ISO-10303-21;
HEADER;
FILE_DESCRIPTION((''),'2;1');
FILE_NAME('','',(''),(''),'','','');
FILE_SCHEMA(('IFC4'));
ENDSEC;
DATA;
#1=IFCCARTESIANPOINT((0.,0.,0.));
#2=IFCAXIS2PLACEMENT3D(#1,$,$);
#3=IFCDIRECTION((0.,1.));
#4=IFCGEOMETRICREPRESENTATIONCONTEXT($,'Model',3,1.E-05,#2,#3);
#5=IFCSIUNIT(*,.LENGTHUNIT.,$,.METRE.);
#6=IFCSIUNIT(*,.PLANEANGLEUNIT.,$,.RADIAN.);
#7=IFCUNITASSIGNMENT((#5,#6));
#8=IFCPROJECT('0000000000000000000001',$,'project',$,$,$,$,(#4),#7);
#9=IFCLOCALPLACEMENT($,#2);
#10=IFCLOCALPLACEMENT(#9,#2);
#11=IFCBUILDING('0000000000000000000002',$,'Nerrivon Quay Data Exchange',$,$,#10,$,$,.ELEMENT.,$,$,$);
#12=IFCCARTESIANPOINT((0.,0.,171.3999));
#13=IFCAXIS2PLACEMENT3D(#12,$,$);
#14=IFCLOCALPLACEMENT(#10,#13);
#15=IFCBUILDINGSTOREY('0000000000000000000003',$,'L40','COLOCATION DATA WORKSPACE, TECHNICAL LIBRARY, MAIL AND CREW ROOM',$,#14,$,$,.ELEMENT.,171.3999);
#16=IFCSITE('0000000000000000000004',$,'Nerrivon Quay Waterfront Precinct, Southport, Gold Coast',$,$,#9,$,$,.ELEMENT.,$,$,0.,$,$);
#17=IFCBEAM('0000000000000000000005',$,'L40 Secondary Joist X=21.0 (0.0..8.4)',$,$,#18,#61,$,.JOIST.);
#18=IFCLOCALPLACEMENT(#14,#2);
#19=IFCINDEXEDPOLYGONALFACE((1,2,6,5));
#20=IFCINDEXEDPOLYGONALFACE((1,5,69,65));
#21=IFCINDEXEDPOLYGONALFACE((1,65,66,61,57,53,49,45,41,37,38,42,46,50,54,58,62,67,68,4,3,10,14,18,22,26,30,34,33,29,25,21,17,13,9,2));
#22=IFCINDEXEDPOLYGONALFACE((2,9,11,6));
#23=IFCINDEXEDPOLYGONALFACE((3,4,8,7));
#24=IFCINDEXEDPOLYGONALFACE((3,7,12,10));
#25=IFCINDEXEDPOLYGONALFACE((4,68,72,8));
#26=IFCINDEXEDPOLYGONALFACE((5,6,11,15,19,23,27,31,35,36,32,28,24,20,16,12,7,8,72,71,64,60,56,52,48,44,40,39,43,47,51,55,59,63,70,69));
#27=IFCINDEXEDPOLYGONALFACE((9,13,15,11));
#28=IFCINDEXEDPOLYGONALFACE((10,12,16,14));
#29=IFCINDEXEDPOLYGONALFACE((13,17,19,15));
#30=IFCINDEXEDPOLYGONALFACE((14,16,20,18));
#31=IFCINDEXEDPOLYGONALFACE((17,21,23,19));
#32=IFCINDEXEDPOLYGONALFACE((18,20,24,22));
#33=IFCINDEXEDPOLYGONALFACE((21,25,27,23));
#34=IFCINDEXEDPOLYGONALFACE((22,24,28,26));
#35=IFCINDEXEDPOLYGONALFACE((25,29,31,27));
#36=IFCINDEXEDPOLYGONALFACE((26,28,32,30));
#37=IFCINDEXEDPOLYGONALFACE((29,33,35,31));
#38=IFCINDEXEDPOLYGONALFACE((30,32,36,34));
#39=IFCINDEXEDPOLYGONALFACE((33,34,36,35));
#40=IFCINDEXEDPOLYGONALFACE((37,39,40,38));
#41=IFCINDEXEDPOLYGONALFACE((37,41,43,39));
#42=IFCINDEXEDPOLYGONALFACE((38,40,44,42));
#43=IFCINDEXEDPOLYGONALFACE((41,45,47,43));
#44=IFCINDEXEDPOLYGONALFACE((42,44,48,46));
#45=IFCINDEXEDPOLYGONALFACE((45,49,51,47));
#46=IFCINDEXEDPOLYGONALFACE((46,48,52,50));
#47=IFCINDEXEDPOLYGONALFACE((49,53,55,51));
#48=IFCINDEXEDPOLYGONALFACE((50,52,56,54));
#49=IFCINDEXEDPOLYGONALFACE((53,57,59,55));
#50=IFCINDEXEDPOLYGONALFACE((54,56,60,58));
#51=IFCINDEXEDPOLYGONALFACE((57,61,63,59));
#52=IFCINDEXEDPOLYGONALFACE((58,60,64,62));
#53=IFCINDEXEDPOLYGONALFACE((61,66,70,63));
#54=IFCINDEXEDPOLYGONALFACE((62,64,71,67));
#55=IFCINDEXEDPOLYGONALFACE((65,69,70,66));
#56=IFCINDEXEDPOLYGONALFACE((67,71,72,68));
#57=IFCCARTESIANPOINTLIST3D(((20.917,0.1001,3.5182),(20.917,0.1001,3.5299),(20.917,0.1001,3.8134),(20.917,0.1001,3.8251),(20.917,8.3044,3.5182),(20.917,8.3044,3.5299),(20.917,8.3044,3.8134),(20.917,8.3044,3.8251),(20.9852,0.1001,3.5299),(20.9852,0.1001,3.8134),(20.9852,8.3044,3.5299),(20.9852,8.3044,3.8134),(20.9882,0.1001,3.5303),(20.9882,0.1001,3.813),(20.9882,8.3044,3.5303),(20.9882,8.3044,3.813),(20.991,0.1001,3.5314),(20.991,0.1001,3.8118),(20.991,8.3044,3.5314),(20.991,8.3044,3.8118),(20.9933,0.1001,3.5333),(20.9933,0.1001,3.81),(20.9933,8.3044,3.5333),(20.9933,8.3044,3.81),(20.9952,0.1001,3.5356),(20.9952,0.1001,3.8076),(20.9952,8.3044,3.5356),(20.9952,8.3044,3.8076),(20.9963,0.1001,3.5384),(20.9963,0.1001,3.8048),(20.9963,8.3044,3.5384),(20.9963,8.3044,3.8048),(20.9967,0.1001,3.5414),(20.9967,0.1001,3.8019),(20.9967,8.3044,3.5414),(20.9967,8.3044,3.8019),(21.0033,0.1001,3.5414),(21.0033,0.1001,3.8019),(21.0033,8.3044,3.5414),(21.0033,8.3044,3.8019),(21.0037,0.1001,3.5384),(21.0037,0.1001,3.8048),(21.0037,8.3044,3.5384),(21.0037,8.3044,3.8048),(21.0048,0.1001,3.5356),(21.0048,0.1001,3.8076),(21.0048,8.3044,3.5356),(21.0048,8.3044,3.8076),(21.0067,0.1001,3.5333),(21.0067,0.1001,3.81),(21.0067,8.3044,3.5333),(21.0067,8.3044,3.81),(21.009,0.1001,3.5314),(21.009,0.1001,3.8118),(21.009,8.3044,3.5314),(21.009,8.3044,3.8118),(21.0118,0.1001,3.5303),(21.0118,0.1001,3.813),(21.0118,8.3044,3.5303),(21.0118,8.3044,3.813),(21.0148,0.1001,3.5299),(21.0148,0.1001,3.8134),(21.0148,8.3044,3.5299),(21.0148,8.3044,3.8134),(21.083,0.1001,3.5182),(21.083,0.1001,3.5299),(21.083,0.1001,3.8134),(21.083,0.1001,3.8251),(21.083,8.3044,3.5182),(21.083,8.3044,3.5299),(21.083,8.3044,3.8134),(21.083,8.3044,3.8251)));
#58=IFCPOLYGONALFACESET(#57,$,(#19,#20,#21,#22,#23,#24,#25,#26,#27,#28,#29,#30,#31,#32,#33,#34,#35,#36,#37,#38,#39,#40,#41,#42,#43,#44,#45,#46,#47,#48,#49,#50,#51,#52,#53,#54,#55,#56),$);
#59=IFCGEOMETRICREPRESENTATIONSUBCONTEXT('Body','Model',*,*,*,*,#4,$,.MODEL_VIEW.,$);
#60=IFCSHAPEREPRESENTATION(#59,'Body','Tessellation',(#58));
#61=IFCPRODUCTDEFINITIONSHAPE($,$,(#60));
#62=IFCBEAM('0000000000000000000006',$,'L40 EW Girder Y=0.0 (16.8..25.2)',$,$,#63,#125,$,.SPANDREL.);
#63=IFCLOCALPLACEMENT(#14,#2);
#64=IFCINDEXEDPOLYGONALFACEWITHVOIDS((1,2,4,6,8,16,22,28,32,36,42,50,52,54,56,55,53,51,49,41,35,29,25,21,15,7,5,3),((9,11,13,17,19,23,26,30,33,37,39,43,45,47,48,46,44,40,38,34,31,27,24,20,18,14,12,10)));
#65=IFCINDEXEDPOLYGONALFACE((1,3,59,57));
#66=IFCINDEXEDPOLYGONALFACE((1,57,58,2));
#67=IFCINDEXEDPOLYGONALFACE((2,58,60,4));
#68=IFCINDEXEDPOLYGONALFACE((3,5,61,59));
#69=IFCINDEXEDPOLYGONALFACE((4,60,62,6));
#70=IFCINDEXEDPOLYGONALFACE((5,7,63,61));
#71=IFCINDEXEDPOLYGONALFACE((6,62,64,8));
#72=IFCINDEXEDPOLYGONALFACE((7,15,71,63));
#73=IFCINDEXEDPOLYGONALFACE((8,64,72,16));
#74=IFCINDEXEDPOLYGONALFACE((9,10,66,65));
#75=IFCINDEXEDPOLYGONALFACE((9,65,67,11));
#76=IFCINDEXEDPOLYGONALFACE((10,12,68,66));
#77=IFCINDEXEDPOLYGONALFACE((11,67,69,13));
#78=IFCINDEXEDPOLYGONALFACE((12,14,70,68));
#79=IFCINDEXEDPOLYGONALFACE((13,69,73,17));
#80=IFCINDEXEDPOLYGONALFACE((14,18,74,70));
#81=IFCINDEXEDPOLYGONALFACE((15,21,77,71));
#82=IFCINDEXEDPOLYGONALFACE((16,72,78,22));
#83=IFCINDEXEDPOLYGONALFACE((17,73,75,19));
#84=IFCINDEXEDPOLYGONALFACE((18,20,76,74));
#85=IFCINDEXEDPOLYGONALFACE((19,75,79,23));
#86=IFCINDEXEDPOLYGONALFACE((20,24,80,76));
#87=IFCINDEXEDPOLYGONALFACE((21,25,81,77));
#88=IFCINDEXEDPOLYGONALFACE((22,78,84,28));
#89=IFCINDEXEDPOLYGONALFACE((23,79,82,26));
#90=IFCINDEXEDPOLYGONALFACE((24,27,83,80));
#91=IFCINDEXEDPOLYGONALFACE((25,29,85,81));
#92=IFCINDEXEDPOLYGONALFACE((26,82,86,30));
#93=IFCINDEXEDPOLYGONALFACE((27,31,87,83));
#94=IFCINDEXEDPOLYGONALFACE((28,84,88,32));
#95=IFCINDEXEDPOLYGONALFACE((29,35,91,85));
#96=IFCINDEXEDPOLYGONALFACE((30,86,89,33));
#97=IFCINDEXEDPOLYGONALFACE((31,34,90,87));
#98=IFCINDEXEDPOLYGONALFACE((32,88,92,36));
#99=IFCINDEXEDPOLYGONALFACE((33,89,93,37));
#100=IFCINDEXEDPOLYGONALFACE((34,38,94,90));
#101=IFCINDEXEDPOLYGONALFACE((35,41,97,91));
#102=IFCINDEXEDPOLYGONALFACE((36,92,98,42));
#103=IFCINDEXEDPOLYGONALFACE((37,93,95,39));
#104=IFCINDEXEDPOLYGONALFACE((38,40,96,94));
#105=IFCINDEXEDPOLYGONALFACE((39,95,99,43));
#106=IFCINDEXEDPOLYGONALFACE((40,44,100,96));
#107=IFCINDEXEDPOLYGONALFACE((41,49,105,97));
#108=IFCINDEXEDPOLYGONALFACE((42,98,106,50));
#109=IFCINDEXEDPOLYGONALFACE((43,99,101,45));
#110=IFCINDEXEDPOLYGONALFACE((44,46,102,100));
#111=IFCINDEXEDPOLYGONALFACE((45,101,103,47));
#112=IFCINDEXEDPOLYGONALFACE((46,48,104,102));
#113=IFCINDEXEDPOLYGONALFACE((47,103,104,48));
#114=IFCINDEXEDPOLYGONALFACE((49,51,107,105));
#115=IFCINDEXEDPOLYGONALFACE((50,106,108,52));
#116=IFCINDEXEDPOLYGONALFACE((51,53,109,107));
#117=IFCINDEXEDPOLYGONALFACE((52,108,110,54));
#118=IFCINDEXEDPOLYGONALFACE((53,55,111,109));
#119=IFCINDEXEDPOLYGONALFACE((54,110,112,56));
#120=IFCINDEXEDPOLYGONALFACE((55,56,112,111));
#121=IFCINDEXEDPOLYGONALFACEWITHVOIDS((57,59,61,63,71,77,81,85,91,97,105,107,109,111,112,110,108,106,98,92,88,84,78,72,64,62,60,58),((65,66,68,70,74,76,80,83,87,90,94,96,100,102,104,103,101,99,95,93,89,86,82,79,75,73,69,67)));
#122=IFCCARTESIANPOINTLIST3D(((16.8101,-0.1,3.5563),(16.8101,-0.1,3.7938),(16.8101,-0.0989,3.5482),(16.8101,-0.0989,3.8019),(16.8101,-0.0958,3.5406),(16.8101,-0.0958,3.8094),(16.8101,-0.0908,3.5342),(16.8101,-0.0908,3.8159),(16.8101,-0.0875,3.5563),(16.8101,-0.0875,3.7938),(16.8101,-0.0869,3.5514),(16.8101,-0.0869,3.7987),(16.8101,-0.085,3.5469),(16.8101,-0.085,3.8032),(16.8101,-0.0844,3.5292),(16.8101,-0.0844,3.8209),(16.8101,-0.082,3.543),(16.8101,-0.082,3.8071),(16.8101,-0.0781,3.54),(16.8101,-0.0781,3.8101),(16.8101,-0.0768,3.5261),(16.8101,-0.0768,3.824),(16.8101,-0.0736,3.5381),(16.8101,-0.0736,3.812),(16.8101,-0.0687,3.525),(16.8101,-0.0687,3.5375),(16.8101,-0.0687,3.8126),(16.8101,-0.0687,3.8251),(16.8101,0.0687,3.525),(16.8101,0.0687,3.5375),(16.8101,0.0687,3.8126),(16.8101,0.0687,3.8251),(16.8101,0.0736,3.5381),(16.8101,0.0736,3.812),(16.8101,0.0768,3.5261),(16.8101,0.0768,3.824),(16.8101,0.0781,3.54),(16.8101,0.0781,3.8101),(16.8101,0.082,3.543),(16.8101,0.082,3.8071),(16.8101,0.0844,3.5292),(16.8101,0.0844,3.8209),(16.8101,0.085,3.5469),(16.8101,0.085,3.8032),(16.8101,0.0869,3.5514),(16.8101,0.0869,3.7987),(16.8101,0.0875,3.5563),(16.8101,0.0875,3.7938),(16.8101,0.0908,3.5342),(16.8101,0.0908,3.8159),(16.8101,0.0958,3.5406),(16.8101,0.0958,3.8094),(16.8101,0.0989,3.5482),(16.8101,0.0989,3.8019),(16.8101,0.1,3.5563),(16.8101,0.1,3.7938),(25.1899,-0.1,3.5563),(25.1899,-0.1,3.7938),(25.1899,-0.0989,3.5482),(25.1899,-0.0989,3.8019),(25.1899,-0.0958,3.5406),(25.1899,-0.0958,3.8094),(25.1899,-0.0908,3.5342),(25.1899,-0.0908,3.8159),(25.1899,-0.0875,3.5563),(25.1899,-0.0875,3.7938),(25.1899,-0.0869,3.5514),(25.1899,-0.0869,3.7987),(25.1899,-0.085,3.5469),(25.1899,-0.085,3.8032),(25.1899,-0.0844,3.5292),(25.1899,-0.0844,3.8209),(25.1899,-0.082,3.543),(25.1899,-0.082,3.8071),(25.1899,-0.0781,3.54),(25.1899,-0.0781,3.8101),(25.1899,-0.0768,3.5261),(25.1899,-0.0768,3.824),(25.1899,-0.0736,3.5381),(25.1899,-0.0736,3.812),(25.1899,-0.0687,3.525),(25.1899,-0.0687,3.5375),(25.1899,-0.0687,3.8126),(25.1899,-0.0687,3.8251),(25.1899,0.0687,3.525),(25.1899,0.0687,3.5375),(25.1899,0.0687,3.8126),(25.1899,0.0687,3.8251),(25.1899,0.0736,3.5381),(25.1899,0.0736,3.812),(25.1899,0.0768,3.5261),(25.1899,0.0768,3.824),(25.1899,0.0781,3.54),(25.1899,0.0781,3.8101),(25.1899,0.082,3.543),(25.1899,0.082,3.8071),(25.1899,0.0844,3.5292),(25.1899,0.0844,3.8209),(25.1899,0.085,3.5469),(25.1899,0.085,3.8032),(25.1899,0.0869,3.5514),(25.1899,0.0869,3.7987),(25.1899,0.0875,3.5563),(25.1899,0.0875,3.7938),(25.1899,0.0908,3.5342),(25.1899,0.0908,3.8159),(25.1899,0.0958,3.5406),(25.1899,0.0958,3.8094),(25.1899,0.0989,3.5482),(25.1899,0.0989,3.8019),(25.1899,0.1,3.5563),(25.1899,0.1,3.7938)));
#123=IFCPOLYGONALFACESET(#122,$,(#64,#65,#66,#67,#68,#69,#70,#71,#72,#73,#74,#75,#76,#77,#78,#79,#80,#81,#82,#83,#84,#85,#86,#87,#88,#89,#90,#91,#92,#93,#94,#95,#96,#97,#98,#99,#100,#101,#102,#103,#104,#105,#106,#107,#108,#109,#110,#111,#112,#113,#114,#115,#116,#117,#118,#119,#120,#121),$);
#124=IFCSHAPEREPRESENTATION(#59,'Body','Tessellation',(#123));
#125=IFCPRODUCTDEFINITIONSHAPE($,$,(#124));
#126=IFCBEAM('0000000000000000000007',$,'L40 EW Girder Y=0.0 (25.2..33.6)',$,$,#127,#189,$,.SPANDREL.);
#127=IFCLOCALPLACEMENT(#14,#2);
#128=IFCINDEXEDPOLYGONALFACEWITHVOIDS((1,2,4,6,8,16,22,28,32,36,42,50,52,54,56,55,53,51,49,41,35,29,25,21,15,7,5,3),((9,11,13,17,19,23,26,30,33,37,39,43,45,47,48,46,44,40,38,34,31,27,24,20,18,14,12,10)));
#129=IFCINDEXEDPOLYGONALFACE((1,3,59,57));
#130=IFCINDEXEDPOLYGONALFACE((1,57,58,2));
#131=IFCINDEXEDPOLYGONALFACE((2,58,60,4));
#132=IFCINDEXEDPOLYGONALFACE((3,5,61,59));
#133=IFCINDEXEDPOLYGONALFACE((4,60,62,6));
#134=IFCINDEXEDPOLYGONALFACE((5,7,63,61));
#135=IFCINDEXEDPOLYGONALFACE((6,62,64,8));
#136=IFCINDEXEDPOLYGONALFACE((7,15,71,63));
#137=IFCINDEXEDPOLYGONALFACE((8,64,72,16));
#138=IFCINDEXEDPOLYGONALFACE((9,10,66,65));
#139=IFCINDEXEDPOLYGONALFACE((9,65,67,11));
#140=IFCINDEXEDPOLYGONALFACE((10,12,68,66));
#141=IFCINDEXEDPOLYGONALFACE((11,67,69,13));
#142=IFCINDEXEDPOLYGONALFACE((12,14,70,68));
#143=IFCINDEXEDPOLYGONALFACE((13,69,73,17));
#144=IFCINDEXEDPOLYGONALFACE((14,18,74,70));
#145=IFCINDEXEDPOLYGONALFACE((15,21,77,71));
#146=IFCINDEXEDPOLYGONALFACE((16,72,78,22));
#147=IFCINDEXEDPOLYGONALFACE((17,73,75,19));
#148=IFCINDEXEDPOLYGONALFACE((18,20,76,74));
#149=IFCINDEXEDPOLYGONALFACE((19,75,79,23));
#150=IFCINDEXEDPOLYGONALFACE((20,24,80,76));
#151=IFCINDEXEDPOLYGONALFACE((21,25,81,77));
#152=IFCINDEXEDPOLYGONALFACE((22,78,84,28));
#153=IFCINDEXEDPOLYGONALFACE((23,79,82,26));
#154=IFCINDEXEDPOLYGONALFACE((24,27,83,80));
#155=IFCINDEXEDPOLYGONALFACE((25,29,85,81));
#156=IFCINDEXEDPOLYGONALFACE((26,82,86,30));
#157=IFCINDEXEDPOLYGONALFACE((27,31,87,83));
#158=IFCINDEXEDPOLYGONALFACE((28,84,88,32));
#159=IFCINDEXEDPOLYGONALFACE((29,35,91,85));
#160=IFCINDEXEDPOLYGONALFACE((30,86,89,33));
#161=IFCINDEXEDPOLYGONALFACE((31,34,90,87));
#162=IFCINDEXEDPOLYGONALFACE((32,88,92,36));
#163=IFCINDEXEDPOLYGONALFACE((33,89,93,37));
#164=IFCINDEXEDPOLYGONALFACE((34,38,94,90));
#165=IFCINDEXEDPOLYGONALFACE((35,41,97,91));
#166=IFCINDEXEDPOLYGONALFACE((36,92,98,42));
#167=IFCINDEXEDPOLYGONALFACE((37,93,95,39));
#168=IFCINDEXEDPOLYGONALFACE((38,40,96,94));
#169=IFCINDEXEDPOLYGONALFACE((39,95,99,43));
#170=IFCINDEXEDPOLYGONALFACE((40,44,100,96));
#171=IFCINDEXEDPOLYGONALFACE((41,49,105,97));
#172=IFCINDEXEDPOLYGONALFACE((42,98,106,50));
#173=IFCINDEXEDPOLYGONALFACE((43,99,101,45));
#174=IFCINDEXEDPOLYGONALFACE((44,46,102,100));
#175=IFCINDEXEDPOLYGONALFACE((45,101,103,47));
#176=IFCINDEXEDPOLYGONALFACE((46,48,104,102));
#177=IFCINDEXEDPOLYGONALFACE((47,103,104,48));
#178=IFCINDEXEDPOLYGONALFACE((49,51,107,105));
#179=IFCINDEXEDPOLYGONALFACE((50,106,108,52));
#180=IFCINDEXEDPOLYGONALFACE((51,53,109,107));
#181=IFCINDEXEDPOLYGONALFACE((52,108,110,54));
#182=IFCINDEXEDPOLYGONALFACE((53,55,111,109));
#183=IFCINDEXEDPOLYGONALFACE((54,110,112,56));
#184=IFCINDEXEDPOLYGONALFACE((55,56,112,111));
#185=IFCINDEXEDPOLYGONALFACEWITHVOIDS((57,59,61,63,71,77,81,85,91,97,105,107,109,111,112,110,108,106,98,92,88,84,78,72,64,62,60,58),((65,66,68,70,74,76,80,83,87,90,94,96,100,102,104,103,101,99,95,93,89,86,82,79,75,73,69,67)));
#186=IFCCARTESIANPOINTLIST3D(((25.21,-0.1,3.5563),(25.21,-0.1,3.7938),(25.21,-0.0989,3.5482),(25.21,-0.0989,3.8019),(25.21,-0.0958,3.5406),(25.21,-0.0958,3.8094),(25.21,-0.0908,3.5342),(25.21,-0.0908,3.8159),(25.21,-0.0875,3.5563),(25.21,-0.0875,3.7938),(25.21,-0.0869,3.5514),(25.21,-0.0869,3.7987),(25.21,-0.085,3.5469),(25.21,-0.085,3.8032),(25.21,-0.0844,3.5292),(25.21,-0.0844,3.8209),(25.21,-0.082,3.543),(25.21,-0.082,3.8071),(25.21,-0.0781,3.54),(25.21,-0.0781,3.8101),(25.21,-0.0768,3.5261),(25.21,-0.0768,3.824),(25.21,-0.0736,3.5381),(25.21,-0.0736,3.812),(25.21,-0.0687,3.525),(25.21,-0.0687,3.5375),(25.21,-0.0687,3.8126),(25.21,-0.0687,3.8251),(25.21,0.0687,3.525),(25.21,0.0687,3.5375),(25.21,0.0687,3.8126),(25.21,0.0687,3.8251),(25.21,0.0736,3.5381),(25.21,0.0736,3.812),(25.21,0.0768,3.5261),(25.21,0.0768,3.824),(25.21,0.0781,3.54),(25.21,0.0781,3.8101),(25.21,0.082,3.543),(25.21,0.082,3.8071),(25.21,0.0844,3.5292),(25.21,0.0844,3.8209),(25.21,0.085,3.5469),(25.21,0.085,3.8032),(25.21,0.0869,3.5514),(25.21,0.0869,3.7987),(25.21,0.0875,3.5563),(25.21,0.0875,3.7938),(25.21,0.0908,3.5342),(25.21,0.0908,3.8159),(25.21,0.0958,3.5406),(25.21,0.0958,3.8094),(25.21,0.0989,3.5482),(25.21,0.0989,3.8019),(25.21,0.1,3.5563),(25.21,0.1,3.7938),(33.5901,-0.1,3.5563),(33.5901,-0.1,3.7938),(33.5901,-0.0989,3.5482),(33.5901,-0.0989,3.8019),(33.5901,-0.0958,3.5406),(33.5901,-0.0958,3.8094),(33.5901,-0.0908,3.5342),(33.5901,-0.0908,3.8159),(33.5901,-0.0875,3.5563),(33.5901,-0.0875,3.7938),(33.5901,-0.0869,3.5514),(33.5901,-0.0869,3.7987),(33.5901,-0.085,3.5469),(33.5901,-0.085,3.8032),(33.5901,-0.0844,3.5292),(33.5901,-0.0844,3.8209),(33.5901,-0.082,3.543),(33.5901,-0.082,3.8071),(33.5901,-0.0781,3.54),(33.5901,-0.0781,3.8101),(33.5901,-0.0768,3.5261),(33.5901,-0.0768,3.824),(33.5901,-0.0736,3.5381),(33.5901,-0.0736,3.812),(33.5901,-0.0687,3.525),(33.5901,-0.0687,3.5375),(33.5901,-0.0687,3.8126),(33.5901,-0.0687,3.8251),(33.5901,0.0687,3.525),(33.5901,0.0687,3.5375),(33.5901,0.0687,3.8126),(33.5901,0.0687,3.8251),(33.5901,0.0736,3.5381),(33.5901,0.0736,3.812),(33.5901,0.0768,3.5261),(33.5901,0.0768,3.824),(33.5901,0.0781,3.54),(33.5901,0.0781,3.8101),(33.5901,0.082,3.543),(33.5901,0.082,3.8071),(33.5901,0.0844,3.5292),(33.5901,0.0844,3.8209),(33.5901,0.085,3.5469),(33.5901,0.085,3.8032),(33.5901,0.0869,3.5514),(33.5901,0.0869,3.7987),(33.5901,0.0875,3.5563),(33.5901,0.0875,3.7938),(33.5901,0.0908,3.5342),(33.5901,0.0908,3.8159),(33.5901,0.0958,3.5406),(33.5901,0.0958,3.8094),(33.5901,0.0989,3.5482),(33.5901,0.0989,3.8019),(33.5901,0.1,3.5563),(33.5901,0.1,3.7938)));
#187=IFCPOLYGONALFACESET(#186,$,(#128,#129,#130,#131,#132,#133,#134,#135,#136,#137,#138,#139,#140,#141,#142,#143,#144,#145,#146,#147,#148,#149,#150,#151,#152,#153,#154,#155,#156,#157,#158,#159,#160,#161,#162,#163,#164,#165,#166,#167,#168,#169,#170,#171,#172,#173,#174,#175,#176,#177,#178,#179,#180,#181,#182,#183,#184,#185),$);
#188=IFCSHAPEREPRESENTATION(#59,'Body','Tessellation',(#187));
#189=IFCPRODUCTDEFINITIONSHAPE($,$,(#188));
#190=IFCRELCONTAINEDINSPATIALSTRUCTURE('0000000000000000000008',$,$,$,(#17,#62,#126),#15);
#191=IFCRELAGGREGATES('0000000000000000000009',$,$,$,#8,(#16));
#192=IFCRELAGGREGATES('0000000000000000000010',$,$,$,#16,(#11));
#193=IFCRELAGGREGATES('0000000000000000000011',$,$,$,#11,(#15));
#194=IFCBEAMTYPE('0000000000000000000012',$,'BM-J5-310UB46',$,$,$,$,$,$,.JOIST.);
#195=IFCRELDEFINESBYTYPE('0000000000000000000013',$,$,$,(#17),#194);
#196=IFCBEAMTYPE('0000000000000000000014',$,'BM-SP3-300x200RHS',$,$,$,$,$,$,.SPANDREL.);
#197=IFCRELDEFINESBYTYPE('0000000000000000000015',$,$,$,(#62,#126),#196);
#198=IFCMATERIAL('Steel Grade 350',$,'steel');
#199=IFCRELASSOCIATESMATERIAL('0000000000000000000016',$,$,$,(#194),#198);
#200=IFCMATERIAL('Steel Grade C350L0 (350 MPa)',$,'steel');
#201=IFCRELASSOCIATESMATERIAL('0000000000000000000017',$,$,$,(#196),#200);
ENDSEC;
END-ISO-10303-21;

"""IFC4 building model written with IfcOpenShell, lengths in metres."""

from ifc_helpers import new_model, si_unit, direction, frame, origin, origin_2d, place, context, subcontext, project, spatial, hollow_rectangle, i_section, extrude, material, material_profile, profile_set, type_object, element, save


model = new_model("IFC4")

# Units and contexts
model_context = context("Model", 3, precision=1e-05, world=origin(), true_north=direction((0.0, 1.0)))
body_context = subcontext(model_context, "Body", "Model", "MODEL_VIEW")
ifc_project = project(units=[si_unit("LENGTHUNIT", "METRE"), si_unit("PLANEANGLEUNIT", "RADIAN")], contexts=[model_context])

# Site, building, storey
site_placement = place(None, origin())
site = spatial("IfcSite", under=ifc_project, at=site_placement, Name="Nerrivon Quay Waterfront Precinct, Southport, Gold Coast", CompositionType="ELEMENT", RefElevation=0.0)
building_placement = place(site_placement, origin())
building = spatial("IfcBuilding", under=site, at=building_placement, Name="Nerrivon Quay Data Exchange", CompositionType="ELEMENT")
storey_placement = place(building_placement, frame((0.0, 0.0, 171.3999)))
storey = spatial("IfcBuildingStorey", under=building, at=storey_placement, Name="L40", Description="COLOCATION DATA WORKSPACE, TECHNICAL LIBRARY, MAIL AND CREW ROOM", CompositionType="ELEMENT", Elevation=171.3999)

# Shared definitions
ifc_material_1 = material(Name="Steel Grade 350", Category="steel")

# Beams
ifc_material_profile_1 = material_profile(ifc_material_1, i_section(OverallWidth=0.166, OverallDepth=0.3069, WebThickness=0.0066, FlangeThickness=0.0117, FilletRadius=0.0115, at=origin_2d()), Name="310UB46.2")
ifc_profile_set_1 = profile_set([ifc_material_profile_1], Name="Steel Grade 350")
beam_type_1 = type_object("IfcBeamType", Name="BM-J5-310UB46", PredefinedType="JOIST", material=ifc_profile_set_1)
beam_1_placement = place(storey_placement, frame((21.0, 0.1001, 3.6716), z_axis=(0.0, 1.0, 0.0), x_axis=(-1.0, 0.0, 0.0)))
element("IfcBeam", 1, at=beam_1_placement, inside=storey, type_object=beam_type_1, Name="L40 Secondary Joist X=21.0 (0.0..8.4)", PredefinedType="JOIST", context=body_context, shape_type="SweptSolid", body=[
    extrude(i_section(OverallWidth=0.166, OverallDepth=0.3069, WebThickness=0.0066, FlangeThickness=0.0117, FilletRadius=0.0115, at=origin_2d()), origin(), (0.0, 0.0, 1.0), 8.2043),
])
ifc_material_2 = material(Name="Steel Grade C350L0 (350 MPa)", Category="steel")
ifc_material_profile_2 = material_profile(ifc_material_2, hollow_rectangle(XDim=0.2, YDim=0.3, WallThickness=0.0125, InnerFilletRadius=0.0188, OuterFilletRadius=0.0312, at=origin_2d()), Name="300x200x12.5RHS")
ifc_profile_set_2 = profile_set([ifc_material_profile_2], Name="Steel Grade C350L0 (350 MPa)")
beam_type_2 = type_object("IfcBeamType", Name="BM-SP3-300x200RHS", PredefinedType="SPANDREL", material=ifc_profile_set_2)
beam_2_placement = place(storey_placement, frame((16.8101, 0.0, 3.675), z_axis=(1.0, 0.0, 0.0), x_axis=(0.0, 1.0, 0.0)))
element("IfcBeam", 2, at=beam_2_placement, inside=storey, type_object=beam_type_2, Name="L40 EW Girder Y=0.0 (16.8..25.2)", PredefinedType="SPANDREL", context=body_context, shape_type="SweptSolid", body=[
    extrude(hollow_rectangle(XDim=0.2, YDim=0.3, WallThickness=0.0125, InnerFilletRadius=0.0188, OuterFilletRadius=0.0312, at=origin_2d()), origin(), (0.0, 0.0, 1.0), 8.3799),
])
beam_3_placement = place(storey_placement, frame((25.21, 0.0, 3.675), z_axis=(1.0, 0.0, 0.0), x_axis=(0.0, 1.0, 0.0)))
element("IfcBeam", 3, at=beam_3_placement, inside=storey, type_object=beam_type_2, Name="L40 EW Girder Y=0.0 (25.2..33.6)", PredefinedType="SPANDREL", context=body_context, shape_type="SweptSolid", body=[
    extrude(hollow_rectangle(XDim=0.2, YDim=0.3, WallThickness=0.0125, InnerFilletRadius=0.0188, OuterFilletRadius=0.0312, at=origin_2d()), origin(), (0.0, 0.0, 1.0), 8.3801),
])

save(model, "model.ifc")
